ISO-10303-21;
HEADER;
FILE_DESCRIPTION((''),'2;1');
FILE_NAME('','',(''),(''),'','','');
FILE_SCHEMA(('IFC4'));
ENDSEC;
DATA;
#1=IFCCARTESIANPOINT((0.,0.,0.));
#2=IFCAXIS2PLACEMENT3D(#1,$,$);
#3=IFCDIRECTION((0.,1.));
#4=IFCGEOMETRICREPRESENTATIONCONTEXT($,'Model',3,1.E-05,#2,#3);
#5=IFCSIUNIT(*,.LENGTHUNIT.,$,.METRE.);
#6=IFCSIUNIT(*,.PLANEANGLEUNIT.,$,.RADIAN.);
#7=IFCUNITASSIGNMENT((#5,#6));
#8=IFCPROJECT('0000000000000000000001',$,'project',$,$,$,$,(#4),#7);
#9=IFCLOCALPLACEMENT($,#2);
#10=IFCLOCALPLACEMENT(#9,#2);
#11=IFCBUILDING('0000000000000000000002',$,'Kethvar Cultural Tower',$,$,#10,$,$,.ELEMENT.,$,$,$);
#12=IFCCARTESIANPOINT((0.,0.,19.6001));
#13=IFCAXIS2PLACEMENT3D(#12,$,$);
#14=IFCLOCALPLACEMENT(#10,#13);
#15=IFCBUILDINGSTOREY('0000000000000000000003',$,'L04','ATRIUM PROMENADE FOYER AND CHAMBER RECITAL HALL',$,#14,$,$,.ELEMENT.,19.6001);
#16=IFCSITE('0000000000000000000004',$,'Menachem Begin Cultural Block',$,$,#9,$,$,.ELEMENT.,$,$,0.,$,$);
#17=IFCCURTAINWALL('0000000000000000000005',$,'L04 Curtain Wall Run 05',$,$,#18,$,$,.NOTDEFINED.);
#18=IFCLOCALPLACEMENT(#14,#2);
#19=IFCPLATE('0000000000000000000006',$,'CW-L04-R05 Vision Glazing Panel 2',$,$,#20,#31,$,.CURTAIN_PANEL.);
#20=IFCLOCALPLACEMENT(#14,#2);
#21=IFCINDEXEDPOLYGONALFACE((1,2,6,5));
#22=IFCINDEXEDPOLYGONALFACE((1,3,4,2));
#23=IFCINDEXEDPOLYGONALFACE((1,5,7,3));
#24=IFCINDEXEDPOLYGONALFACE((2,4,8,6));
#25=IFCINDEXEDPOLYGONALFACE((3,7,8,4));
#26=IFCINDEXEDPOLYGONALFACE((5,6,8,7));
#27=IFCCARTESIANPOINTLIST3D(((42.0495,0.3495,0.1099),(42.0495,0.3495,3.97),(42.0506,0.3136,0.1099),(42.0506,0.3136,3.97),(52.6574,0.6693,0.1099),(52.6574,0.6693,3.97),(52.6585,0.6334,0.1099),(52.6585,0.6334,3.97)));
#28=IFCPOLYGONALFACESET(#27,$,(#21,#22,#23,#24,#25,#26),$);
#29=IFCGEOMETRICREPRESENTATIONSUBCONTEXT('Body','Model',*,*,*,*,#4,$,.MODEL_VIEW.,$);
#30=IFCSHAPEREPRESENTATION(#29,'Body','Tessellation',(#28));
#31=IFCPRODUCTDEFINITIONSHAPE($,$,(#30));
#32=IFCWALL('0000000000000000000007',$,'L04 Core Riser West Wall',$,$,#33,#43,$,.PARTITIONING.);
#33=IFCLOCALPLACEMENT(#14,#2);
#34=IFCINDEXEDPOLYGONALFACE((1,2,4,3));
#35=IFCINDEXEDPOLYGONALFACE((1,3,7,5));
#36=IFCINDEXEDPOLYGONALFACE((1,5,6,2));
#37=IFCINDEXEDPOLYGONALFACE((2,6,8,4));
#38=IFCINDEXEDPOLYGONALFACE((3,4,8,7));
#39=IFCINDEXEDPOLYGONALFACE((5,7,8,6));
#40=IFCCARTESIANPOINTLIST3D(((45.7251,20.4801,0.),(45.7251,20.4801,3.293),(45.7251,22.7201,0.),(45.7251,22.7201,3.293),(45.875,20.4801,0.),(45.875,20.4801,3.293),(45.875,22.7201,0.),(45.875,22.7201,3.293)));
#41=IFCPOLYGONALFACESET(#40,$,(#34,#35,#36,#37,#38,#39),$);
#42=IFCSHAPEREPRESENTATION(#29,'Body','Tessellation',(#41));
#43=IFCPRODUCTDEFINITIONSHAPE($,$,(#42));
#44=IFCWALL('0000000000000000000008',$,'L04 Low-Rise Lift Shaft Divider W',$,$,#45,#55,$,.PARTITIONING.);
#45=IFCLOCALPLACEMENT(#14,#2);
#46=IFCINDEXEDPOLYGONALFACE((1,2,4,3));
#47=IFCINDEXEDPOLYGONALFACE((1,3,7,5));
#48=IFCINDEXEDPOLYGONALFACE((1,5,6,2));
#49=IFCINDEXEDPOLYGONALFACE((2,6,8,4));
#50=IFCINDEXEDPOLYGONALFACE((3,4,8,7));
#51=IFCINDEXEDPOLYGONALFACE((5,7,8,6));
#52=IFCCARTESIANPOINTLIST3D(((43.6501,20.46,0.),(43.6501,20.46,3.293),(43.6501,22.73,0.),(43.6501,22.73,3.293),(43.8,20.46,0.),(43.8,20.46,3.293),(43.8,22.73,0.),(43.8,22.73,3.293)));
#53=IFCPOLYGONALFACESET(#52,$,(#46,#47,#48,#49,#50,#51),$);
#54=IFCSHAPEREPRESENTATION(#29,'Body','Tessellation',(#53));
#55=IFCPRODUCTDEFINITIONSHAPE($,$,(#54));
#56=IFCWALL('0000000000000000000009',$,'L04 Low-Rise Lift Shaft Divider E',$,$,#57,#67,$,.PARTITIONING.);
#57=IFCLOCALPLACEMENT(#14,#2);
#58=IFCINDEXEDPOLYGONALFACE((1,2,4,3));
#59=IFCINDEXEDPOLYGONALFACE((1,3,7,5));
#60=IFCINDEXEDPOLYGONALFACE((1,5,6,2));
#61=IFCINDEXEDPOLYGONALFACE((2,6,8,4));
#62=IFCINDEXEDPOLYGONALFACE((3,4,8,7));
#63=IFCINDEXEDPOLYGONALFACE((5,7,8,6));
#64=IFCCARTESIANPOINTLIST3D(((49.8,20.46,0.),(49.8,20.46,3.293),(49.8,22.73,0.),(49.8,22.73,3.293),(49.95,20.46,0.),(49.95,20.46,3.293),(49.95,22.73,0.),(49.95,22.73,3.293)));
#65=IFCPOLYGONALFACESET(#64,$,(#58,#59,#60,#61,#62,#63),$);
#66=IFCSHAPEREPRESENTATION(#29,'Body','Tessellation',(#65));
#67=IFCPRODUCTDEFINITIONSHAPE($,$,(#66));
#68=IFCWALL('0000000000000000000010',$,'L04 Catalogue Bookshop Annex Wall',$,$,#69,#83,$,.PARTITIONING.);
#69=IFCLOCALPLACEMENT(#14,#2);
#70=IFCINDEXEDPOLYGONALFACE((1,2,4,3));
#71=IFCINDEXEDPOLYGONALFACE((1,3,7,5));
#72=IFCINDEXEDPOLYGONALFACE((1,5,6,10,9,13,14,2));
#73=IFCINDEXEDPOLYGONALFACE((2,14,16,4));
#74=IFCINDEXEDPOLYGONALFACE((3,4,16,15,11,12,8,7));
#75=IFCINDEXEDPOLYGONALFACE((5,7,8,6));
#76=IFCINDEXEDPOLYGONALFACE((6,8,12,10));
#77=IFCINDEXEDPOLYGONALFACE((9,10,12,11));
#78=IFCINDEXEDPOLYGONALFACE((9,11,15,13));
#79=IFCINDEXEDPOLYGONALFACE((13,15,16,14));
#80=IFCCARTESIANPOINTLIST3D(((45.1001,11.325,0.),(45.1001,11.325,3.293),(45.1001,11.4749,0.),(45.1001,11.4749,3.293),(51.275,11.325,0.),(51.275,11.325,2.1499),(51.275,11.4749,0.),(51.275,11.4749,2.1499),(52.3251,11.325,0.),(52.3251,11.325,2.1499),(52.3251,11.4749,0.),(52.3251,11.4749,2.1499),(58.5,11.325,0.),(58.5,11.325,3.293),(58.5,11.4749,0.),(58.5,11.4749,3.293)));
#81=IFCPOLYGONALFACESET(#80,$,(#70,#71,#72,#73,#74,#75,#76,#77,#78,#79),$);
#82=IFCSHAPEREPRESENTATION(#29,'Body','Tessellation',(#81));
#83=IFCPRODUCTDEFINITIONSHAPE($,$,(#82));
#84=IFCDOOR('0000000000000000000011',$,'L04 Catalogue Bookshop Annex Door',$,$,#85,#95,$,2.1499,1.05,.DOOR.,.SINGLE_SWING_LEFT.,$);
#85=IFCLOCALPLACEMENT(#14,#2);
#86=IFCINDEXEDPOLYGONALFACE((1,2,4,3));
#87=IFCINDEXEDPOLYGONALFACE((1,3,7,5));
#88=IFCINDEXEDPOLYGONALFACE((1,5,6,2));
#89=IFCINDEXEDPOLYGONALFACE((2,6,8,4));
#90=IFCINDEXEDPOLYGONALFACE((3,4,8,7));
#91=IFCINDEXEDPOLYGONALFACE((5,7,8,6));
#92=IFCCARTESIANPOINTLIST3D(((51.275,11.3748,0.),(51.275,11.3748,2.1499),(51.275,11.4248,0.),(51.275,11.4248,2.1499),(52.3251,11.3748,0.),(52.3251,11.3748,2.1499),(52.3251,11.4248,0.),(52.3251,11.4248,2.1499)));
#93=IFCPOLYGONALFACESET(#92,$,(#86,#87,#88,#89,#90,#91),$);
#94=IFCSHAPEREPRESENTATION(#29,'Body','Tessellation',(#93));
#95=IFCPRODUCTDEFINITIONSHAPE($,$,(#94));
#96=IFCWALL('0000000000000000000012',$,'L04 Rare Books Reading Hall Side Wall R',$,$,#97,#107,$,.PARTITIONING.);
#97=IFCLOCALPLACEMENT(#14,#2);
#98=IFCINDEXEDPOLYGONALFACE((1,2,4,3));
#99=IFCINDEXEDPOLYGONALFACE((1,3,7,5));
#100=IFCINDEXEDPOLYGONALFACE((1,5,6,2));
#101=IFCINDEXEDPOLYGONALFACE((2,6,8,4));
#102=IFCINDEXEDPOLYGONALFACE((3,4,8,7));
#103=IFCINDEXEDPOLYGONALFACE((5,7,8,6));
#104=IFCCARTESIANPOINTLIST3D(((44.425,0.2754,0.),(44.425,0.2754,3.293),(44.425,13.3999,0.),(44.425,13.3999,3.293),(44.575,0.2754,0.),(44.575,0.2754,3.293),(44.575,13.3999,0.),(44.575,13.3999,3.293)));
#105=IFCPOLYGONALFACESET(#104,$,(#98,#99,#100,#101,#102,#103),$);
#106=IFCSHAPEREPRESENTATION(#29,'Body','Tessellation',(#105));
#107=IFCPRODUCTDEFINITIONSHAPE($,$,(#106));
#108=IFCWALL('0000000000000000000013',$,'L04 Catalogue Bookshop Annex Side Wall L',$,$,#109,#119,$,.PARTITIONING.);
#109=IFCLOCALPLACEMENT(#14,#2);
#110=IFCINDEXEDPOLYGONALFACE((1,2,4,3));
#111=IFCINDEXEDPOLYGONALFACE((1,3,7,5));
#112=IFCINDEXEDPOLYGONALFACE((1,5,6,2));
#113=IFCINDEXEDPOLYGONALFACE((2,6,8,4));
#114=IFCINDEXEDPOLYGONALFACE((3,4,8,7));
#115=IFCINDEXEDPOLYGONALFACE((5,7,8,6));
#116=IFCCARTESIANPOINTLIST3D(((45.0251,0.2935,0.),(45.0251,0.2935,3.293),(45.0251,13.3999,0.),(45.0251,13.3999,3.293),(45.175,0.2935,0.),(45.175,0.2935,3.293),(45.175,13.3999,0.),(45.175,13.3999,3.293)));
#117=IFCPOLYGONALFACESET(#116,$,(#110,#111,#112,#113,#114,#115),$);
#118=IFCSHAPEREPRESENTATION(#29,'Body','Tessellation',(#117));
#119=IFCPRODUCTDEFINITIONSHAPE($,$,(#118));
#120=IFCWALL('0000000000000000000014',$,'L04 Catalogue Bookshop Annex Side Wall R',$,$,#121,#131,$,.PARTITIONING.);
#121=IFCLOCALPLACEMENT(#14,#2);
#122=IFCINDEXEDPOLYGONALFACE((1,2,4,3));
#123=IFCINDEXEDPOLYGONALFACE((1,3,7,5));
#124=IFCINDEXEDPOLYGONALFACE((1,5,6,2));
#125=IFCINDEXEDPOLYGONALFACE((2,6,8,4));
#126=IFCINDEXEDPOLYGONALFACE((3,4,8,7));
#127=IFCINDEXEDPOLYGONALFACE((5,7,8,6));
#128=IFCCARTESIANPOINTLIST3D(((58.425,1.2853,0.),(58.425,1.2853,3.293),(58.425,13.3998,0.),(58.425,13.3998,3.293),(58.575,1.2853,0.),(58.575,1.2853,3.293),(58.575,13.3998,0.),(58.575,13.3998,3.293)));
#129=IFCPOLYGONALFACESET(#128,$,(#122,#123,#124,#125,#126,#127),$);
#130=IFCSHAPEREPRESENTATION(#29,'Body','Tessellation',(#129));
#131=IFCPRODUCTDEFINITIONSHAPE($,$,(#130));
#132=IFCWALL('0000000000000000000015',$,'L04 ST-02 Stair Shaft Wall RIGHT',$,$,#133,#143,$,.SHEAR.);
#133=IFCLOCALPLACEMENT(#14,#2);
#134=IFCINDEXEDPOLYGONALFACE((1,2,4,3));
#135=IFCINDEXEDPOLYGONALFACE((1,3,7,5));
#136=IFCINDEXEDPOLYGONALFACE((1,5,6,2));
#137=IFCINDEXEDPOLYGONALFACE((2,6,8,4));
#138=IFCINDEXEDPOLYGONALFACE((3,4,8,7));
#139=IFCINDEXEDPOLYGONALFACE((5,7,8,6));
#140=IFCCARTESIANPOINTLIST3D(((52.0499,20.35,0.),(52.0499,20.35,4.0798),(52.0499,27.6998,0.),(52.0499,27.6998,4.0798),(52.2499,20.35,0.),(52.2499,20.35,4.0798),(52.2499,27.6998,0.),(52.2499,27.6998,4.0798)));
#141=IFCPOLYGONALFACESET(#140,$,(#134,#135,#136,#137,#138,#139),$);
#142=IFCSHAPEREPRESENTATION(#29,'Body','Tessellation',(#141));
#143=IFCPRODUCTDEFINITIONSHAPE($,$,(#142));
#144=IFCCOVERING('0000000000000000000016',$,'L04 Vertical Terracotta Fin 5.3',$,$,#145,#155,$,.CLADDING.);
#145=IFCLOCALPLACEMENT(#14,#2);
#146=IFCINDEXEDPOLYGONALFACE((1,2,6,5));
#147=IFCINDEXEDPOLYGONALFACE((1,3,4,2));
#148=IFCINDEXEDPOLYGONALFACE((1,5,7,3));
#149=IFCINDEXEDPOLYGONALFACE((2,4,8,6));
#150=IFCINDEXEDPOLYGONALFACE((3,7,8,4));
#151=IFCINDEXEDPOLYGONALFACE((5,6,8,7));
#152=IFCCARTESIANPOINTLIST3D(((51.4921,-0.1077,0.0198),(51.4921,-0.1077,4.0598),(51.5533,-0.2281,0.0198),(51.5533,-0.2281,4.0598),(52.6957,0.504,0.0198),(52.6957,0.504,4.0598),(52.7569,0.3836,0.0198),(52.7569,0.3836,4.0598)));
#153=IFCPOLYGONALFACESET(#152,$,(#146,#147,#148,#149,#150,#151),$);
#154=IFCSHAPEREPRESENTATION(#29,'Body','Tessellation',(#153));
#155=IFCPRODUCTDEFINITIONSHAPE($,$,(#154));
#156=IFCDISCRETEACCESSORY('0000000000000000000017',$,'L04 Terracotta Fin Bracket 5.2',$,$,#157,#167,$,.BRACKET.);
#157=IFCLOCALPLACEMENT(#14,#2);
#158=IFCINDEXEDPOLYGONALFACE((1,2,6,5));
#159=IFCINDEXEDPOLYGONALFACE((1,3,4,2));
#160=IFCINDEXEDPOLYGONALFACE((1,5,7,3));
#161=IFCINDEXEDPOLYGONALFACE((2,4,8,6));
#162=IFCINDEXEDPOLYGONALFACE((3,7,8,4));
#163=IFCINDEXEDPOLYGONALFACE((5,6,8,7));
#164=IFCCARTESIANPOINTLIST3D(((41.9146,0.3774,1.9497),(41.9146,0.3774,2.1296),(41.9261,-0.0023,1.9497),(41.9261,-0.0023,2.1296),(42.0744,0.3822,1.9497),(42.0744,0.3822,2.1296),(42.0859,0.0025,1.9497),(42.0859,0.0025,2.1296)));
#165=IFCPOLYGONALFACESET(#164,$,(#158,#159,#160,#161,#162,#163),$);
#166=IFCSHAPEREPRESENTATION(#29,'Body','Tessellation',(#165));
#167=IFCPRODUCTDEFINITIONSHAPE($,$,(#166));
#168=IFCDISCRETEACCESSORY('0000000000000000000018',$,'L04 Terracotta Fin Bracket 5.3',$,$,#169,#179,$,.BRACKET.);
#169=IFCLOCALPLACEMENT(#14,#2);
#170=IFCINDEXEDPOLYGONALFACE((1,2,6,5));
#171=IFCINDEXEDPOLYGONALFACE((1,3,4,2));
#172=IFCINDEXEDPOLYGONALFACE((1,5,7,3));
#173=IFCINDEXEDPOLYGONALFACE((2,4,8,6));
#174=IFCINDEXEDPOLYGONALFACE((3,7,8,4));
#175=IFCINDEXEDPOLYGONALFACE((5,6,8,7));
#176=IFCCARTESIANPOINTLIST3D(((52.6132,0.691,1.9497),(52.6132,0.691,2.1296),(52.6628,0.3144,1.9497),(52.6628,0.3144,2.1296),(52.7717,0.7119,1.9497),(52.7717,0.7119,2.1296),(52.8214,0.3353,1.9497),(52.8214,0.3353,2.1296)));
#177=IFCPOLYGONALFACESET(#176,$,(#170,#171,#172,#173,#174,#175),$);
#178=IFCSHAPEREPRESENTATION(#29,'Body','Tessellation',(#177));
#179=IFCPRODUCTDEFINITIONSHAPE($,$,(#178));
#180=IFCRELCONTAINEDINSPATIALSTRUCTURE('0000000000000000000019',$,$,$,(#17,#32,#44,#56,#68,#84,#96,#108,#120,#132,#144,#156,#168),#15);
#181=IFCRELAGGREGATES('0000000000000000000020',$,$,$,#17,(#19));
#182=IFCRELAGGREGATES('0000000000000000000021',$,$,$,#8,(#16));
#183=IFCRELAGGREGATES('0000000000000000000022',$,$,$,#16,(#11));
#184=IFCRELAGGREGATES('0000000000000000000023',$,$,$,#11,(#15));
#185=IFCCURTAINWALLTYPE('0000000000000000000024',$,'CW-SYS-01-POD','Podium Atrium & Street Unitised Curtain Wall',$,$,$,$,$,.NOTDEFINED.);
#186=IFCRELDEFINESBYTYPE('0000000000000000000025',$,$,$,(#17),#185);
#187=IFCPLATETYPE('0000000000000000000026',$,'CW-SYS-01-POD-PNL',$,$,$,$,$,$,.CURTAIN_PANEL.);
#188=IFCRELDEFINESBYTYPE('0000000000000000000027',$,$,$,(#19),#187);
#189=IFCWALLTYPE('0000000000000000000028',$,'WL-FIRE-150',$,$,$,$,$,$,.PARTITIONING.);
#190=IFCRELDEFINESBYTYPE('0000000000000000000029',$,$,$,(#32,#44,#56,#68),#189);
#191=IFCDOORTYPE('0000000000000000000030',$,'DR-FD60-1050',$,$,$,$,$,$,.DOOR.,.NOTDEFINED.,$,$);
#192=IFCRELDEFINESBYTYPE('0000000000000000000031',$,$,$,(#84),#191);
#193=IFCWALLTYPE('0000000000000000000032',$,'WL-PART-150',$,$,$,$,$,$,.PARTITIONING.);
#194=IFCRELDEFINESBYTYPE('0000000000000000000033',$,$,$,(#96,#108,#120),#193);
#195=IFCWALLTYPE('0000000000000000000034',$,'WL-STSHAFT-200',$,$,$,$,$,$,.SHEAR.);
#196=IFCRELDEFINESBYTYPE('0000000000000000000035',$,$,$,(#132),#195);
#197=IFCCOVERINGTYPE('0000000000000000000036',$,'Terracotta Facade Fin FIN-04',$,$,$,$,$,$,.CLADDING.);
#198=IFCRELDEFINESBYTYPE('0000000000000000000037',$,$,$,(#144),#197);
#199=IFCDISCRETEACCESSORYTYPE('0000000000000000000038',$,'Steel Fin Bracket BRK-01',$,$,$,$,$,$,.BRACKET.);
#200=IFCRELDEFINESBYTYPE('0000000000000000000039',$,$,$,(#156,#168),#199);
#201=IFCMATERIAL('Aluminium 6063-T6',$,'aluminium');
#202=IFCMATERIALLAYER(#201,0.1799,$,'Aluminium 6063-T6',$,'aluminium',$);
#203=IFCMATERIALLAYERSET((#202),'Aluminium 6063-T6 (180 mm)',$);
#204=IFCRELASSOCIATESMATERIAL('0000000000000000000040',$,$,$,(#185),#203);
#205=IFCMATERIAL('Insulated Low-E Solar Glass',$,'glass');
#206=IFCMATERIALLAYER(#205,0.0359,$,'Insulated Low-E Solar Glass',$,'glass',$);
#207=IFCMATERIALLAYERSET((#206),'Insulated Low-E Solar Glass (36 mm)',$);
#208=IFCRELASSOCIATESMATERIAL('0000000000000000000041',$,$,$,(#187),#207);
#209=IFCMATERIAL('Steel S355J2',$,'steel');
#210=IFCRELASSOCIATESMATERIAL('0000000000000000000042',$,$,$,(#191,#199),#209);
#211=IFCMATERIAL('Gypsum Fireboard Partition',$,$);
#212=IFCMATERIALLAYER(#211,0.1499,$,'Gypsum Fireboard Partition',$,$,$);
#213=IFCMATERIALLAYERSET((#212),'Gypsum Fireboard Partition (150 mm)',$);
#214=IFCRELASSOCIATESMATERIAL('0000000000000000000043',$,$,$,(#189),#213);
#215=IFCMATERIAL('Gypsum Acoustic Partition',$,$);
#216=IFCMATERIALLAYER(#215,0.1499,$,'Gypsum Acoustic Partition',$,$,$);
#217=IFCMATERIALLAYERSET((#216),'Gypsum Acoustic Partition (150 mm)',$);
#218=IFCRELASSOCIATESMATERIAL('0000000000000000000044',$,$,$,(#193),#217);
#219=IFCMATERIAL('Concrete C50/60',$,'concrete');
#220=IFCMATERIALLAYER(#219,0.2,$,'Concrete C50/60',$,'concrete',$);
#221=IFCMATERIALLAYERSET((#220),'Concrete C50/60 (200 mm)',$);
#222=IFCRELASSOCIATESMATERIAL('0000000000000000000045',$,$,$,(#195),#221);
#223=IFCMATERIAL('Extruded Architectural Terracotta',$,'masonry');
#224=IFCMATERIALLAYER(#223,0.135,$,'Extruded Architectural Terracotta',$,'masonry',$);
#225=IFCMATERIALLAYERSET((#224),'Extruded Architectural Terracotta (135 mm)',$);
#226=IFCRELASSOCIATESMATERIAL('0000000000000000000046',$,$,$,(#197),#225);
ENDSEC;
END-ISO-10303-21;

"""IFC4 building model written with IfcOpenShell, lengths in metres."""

from ifc_helpers import new_model, si_unit, direction, frame, frame_2d, origin, origin_2d, place, context, subcontext, project, spatial, rectangle, extrude, source, transform, mapped, material, layer, layer_set, type_object, element, fill, aggregate, save


model = new_model("IFC4")

# Units and contexts
model_context = context("Model", 3, precision=1e-05, world=origin(), true_north=direction((0.0, 1.0)))
body_context = subcontext(model_context, "Body", "Model", "MODEL_VIEW")
ifc_project = project(units=[si_unit("LENGTHUNIT", "METRE"), si_unit("PLANEANGLEUNIT", "RADIAN")], contexts=[model_context])

# Site, building, storey
site_placement = place(None, origin())
site = spatial("IfcSite", under=ifc_project, at=site_placement, Name="Menachem Begin Cultural Block", CompositionType="ELEMENT", RefElevation=0.0)
building_placement = place(site_placement, origin())
building = spatial("IfcBuilding", under=site, at=building_placement, Name="Kethvar Cultural Tower", CompositionType="ELEMENT")
storey_placement = place(building_placement, frame((0.0, 0.0, 19.6001)))
storey = spatial("IfcBuildingStorey", under=building, at=storey_placement, Name="L04", Description="ATRIUM PROMENADE FOYER AND CHAMBER RECITAL HALL", CompositionType="ELEMENT", Elevation=19.6001)

# Shared definitions
ifc_material_1 = material(Name="Steel S355J2", Category="steel")

# Curtain wall, plate
ifc_material_2 = material(Name="Aluminium 6063-T6", Category="aluminium")
ifc_layer_1 = layer(ifc_material_2, 0.1799, Name="Aluminium 6063-T6", Category="aluminium")
ifc_layer_set_1 = layer_set([ifc_layer_1], Name="Aluminium 6063-T6 (180 mm)")
curtain_wall_type = type_object("IfcCurtainWallType", Name="CW-SYS-01-POD", Description="Podium Atrium & Street Unitised Curtain Wall", PredefinedType="NOTDEFINED", material=ifc_layer_set_1)
curtain_wall_placement = place(storey_placement, origin())
curtain_wall = element("IfcCurtainWall", 1, at=curtain_wall_placement, inside=storey, type_object=curtain_wall_type, Name="L04 Curtain Wall Run 05", PredefinedType="NOTDEFINED")
ifc_material_3 = material(Name="Insulated Low-E Solar Glass", Category="glass")
ifc_layer_2 = layer(ifc_material_3, 0.0359, Name="Insulated Low-E Solar Glass", Category="glass")
ifc_layer_set_2 = layer_set([ifc_layer_2], Name="Insulated Low-E Solar Glass (36 mm)")
plate_type = type_object("IfcPlateType", Name="CW-SYS-01-POD-PNL", PredefinedType="CURTAIN_PANEL", material=ifc_layer_set_2)
shared_shape_1 = source(origin(), body_context, "Body", "SweptSolid", [
    extrude(rectangle(XDim=10.6128, YDim=0.0359, at=origin_2d()), origin(), (0.0, 0.0, 1.0), 3.8601),
])
plate_1_placement = place(storey_placement, frame((47.354, 0.4915, 0.1099), z_axis=(0.0, 0.0, 1.0), x_axis=(0.999546, 0.030137, 0.0)))
plate_1 = element("IfcPlate", 2, at=plate_1_placement, type_object=plate_type, Name="CW-L04-R05 Vision Glazing Panel 2", PredefinedType="CURTAIN_PANEL", context=body_context, shape_type="MappedRepresentation", body=[
    mapped(shared_shape_1, transform((0.0, 0.0, 0.0), scale=1.0)),
])
aggregate(curtain_wall, [plate_1])

# Shared definitions
door_type_1 = type_object("IfcDoorType", Name="DR-FD60-1050", OperationType="NOTDEFINED", PredefinedType="DOOR", material=ifc_material_1)
shared_shape_2 = source(origin(), body_context, "Body", "SweptSolid", [
    extrude(rectangle(XDim=1.05, YDim=2.1499, at=frame_2d((0.5249, 1.075))), frame((0.0, 0.0249, 0.0), z_axis=(0.0, -1.0, 0.0), x_axis=(1.0, 0.0, 0.0)), (0.0, 0.0, 1.0), 0.05),
])

# Walls
ifc_material_4 = material(Name="Gypsum Fireboard Partition")
ifc_layer_3 = layer(ifc_material_4, 0.1499, Name="Gypsum Fireboard Partition")
ifc_layer_set_3 = layer_set([ifc_layer_3], Name="Gypsum Fireboard Partition (150 mm)")
wall_type_1 = type_object("IfcWallType", Name="WL-FIRE-150", PredefinedType="PARTITIONING", material=ifc_layer_set_3)
wall_1_placement = place(storey_placement, frame((45.8, 20.48, 0.0), z_axis=(0.0, 0.0, 1.0), x_axis=(0.0, 1.0, 0.0)))
element("IfcWall", 3, at=wall_1_placement, inside=storey, type_object=wall_type_1, Name="L04 Core Riser West Wall", PredefinedType="PARTITIONING", context=body_context, shape_type="SweptSolid", body=[
    extrude(rectangle(XDim=2.24, YDim=0.1499, at=frame_2d((1.1201, 0.0))), origin(), (0.0, 0.0, 1.0), 3.293),
])
for number, where, z_axis, x_axis, name in (
    (4, (43.7251, 20.46, 0.0), (0.0, 0.0, 1.0), (0.0, 1.0, 0.0), "L04 Low-Rise Lift Shaft Divider W"),
    (5, (49.875, 20.46, 0.0), (0.0, 0.0, 1.0), (0.0, 1.0, 0.0), "L04 Low-Rise Lift Shaft Divider E"),
):
    element("IfcWall", number, at=place(storey_placement, frame(where, z_axis=z_axis, x_axis=x_axis)), inside=storey, type_object=wall_type_1, Name=name, PredefinedType="PARTITIONING", context=body_context, shape_type="SweptSolid", body=[
        extrude(rectangle(XDim=2.27, YDim=0.1499, at=frame_2d((1.135, 0.0))), origin(), (0.0, 0.0, 1.0), 3.293),
    ])

# Wall, opening, door
wall_2_placement = place(storey_placement, frame((45.1001, 11.3999, 0.0), z_axis=(0.0, 0.0, 1.0), x_axis=(1.0, 0.0, 0.0)))
wall_2 = element("IfcWall", 6, at=wall_2_placement, inside=storey, type_object=wall_type_1, Name="L04 Catalogue Bookshop Annex Wall", PredefinedType="PARTITIONING", context=body_context, shape_type="SweptSolid", body=[
    extrude(rectangle(XDim=13.3999, YDim=0.1499, at=frame_2d((6.7, 0.0))), origin(), (0.0, 0.0, 1.0), 3.293),
])
opening_1_placement = place(wall_2_placement, frame((6.175, 0.0, 0.0)))
opening_1 = element("IfcOpeningElement", 7, at=opening_1_placement, cuts=wall_2, PredefinedType="OPENING", context=body_context, shape_type="SweptSolid", body=[
    extrude(rectangle(XDim=1.05, YDim=2.1499, at=frame_2d((0.5249, 1.075))), frame((0.0, 0.085, 0.0), z_axis=(0.0, -1.0, 0.0), x_axis=(1.0, 0.0, 0.0)), (0.0, 0.0, 1.0), 0.1699),
])
door_1_placement = place(opening_1_placement, origin())
door_1 = element("IfcDoor", 8, at=door_1_placement, inside=storey, type_object=door_type_1, Name="L04 Catalogue Bookshop Annex Door", OperationType="SINGLE_SWING_LEFT", OverallHeight=2.1499, OverallWidth=1.05, PredefinedType="DOOR", context=body_context, shape_type="MappedRepresentation", body=[
    mapped(shared_shape_2, transform((0.0, 0.0, 0.0), scale=1.0)),
])
fill(opening_1, door_1)

# Walls
ifc_material_5 = material(Name="Gypsum Acoustic Partition")
ifc_layer_4 = layer(ifc_material_5, 0.1499, Name="Gypsum Acoustic Partition")
ifc_layer_set_4 = layer_set([ifc_layer_4], Name="Gypsum Acoustic Partition (150 mm)")
wall_type_2 = type_object("IfcWallType", Name="WL-PART-150", PredefinedType="PARTITIONING", material=ifc_layer_set_4)
wall_3_placement = place(storey_placement, frame((44.5, 0.2754, 0.0), z_axis=(0.0, 0.0, 1.0), x_axis=(0.0, 1.0, 0.0)))
element("IfcWall", 9, at=wall_3_placement, inside=storey, type_object=wall_type_2, Name="L04 Rare Books Reading Hall Side Wall R", PredefinedType="PARTITIONING", context=body_context, shape_type="SweptSolid", body=[
    extrude(rectangle(XDim=13.1245, YDim=0.1499, at=frame_2d((6.5623, 0.0))), origin(), (0.0, 0.0, 1.0), 3.293),
])
wall_4_placement = place(storey_placement, frame((45.1001, 0.2935, 0.0), z_axis=(0.0, 0.0, 1.0), x_axis=(0.0, 1.0, 0.0)))
element("IfcWall", 10, at=wall_4_placement, inside=storey, type_object=wall_type_2, Name="L04 Catalogue Bookshop Annex Side Wall L", PredefinedType="PARTITIONING", context=body_context, shape_type="SweptSolid", body=[
    extrude(rectangle(XDim=13.1064, YDim=0.1499, at=frame_2d((6.5532, 0.0))), origin(), (0.0, 0.0, 1.0), 3.293),
])
wall_5_placement = place(storey_placement, frame((58.5, 1.2854, 0.0), z_axis=(0.0, 0.0, 1.0), x_axis=(0.0, 1.0, 0.0)))
element("IfcWall", 11, at=wall_5_placement, inside=storey, type_object=wall_type_2, Name="L04 Catalogue Bookshop Annex Side Wall R", PredefinedType="PARTITIONING", context=body_context, shape_type="SweptSolid", body=[
    extrude(rectangle(XDim=12.1145, YDim=0.1499, at=frame_2d((6.0571, 0.0))), origin(), (0.0, 0.0, 1.0), 3.293),
])
ifc_material_6 = material(Name="Concrete C50/60", Category="concrete")
ifc_layer_5 = layer(ifc_material_6, 0.2, Name="Concrete C50/60", Category="concrete")
ifc_layer_set_5 = layer_set([ifc_layer_5], Name="Concrete C50/60 (200 mm)")
wall_type_3 = type_object("IfcWallType", Name="WL-STSHAFT-200", PredefinedType="SHEAR", material=ifc_layer_set_5)
wall_6_placement = place(storey_placement, frame((52.1499, 20.3501, 0.0), z_axis=(0.0, 0.0, 1.0), x_axis=(0.0, 1.0, 0.0)))
element("IfcWall", 12, at=wall_6_placement, inside=storey, type_object=wall_type_3, Name="L04 ST-02 Stair Shaft Wall RIGHT", PredefinedType="SHEAR", context=body_context, shape_type="SweptSolid", body=[
    extrude(rectangle(XDim=7.3499, YDim=0.2, at=frame_2d((3.6748, 0.0))), origin(), (0.0, 0.0, 1.0), 4.0798),
])

# Covering
ifc_material_7 = material(Name="Extruded Architectural Terracotta", Category="masonry")
ifc_layer_6 = layer(ifc_material_7, 0.135, Name="Extruded Architectural Terracotta", Category="masonry")
ifc_layer_set_6 = layer_set([ifc_layer_6], Name="Extruded Architectural Terracotta (135 mm)")
covering_type = type_object("IfcCoveringType", Name="Terracotta Facade Fin FIN-04", PredefinedType="CLADDING", material=ifc_layer_set_6)
shared_shape_3 = source(origin(), body_context, "Body", "SweptSolid", [
    extrude(rectangle(XDim=1.3501, YDim=0.135, at=origin_2d()), origin(), (0.0, 0.0, 1.0), 4.04),
])
covering_placement = place(storey_placement, frame((52.1245, 0.1379, 0.0198), z_axis=(0.0, 0.0, 1.0), x_axis=(-0.891481, -0.453057, 0.0)))
element("IfcCovering", 13, at=covering_placement, inside=storey, type_object=covering_type, Name="L04 Vertical Terracotta Fin 5.3", PredefinedType="CLADDING", context=body_context, shape_type="MappedRepresentation", body=[
    mapped(shared_shape_3, transform((0.0, 0.0, 0.0), scale=1.0)),
])

# Discrete accessories
discrete_accessory_type = type_object("IfcDiscreteAccessoryType", Name="Steel Fin Bracket BRK-01", PredefinedType="BRACKET", material=ifc_material_1)
shared_shape_4 = source(origin(), body_context, "Body", "SweptSolid", [
    extrude(rectangle(XDim=0.3799, YDim=0.1599, at=origin_2d()), origin(), (0.0, 0.0, 1.0), 0.1799),
])
for number, where, z_axis, x_axis, name in (
    (14, (42.0002, 0.1899, 1.9497), (0.0, 0.0, 1.0), (0.03019, -0.999544, 0.0), "L04 Terracotta Fin Bracket 5.2"),
    (15, (52.7173, 0.5132, 1.9497), (0.0, 0.0, 1.0), (0.130699, -0.991422, 0.0), "L04 Terracotta Fin Bracket 5.3"),
):
    element("IfcDiscreteAccessory", number, at=place(storey_placement, frame(where, z_axis=z_axis, x_axis=x_axis)), inside=storey, type_object=discrete_accessory_type, Name=name, PredefinedType="BRACKET", context=body_context, shape_type="MappedRepresentation", body=[
        mapped(shared_shape_4, transform((0.0, 0.0, 0.0), scale=1.0)),
    ])

save(model, "model.ifc")
